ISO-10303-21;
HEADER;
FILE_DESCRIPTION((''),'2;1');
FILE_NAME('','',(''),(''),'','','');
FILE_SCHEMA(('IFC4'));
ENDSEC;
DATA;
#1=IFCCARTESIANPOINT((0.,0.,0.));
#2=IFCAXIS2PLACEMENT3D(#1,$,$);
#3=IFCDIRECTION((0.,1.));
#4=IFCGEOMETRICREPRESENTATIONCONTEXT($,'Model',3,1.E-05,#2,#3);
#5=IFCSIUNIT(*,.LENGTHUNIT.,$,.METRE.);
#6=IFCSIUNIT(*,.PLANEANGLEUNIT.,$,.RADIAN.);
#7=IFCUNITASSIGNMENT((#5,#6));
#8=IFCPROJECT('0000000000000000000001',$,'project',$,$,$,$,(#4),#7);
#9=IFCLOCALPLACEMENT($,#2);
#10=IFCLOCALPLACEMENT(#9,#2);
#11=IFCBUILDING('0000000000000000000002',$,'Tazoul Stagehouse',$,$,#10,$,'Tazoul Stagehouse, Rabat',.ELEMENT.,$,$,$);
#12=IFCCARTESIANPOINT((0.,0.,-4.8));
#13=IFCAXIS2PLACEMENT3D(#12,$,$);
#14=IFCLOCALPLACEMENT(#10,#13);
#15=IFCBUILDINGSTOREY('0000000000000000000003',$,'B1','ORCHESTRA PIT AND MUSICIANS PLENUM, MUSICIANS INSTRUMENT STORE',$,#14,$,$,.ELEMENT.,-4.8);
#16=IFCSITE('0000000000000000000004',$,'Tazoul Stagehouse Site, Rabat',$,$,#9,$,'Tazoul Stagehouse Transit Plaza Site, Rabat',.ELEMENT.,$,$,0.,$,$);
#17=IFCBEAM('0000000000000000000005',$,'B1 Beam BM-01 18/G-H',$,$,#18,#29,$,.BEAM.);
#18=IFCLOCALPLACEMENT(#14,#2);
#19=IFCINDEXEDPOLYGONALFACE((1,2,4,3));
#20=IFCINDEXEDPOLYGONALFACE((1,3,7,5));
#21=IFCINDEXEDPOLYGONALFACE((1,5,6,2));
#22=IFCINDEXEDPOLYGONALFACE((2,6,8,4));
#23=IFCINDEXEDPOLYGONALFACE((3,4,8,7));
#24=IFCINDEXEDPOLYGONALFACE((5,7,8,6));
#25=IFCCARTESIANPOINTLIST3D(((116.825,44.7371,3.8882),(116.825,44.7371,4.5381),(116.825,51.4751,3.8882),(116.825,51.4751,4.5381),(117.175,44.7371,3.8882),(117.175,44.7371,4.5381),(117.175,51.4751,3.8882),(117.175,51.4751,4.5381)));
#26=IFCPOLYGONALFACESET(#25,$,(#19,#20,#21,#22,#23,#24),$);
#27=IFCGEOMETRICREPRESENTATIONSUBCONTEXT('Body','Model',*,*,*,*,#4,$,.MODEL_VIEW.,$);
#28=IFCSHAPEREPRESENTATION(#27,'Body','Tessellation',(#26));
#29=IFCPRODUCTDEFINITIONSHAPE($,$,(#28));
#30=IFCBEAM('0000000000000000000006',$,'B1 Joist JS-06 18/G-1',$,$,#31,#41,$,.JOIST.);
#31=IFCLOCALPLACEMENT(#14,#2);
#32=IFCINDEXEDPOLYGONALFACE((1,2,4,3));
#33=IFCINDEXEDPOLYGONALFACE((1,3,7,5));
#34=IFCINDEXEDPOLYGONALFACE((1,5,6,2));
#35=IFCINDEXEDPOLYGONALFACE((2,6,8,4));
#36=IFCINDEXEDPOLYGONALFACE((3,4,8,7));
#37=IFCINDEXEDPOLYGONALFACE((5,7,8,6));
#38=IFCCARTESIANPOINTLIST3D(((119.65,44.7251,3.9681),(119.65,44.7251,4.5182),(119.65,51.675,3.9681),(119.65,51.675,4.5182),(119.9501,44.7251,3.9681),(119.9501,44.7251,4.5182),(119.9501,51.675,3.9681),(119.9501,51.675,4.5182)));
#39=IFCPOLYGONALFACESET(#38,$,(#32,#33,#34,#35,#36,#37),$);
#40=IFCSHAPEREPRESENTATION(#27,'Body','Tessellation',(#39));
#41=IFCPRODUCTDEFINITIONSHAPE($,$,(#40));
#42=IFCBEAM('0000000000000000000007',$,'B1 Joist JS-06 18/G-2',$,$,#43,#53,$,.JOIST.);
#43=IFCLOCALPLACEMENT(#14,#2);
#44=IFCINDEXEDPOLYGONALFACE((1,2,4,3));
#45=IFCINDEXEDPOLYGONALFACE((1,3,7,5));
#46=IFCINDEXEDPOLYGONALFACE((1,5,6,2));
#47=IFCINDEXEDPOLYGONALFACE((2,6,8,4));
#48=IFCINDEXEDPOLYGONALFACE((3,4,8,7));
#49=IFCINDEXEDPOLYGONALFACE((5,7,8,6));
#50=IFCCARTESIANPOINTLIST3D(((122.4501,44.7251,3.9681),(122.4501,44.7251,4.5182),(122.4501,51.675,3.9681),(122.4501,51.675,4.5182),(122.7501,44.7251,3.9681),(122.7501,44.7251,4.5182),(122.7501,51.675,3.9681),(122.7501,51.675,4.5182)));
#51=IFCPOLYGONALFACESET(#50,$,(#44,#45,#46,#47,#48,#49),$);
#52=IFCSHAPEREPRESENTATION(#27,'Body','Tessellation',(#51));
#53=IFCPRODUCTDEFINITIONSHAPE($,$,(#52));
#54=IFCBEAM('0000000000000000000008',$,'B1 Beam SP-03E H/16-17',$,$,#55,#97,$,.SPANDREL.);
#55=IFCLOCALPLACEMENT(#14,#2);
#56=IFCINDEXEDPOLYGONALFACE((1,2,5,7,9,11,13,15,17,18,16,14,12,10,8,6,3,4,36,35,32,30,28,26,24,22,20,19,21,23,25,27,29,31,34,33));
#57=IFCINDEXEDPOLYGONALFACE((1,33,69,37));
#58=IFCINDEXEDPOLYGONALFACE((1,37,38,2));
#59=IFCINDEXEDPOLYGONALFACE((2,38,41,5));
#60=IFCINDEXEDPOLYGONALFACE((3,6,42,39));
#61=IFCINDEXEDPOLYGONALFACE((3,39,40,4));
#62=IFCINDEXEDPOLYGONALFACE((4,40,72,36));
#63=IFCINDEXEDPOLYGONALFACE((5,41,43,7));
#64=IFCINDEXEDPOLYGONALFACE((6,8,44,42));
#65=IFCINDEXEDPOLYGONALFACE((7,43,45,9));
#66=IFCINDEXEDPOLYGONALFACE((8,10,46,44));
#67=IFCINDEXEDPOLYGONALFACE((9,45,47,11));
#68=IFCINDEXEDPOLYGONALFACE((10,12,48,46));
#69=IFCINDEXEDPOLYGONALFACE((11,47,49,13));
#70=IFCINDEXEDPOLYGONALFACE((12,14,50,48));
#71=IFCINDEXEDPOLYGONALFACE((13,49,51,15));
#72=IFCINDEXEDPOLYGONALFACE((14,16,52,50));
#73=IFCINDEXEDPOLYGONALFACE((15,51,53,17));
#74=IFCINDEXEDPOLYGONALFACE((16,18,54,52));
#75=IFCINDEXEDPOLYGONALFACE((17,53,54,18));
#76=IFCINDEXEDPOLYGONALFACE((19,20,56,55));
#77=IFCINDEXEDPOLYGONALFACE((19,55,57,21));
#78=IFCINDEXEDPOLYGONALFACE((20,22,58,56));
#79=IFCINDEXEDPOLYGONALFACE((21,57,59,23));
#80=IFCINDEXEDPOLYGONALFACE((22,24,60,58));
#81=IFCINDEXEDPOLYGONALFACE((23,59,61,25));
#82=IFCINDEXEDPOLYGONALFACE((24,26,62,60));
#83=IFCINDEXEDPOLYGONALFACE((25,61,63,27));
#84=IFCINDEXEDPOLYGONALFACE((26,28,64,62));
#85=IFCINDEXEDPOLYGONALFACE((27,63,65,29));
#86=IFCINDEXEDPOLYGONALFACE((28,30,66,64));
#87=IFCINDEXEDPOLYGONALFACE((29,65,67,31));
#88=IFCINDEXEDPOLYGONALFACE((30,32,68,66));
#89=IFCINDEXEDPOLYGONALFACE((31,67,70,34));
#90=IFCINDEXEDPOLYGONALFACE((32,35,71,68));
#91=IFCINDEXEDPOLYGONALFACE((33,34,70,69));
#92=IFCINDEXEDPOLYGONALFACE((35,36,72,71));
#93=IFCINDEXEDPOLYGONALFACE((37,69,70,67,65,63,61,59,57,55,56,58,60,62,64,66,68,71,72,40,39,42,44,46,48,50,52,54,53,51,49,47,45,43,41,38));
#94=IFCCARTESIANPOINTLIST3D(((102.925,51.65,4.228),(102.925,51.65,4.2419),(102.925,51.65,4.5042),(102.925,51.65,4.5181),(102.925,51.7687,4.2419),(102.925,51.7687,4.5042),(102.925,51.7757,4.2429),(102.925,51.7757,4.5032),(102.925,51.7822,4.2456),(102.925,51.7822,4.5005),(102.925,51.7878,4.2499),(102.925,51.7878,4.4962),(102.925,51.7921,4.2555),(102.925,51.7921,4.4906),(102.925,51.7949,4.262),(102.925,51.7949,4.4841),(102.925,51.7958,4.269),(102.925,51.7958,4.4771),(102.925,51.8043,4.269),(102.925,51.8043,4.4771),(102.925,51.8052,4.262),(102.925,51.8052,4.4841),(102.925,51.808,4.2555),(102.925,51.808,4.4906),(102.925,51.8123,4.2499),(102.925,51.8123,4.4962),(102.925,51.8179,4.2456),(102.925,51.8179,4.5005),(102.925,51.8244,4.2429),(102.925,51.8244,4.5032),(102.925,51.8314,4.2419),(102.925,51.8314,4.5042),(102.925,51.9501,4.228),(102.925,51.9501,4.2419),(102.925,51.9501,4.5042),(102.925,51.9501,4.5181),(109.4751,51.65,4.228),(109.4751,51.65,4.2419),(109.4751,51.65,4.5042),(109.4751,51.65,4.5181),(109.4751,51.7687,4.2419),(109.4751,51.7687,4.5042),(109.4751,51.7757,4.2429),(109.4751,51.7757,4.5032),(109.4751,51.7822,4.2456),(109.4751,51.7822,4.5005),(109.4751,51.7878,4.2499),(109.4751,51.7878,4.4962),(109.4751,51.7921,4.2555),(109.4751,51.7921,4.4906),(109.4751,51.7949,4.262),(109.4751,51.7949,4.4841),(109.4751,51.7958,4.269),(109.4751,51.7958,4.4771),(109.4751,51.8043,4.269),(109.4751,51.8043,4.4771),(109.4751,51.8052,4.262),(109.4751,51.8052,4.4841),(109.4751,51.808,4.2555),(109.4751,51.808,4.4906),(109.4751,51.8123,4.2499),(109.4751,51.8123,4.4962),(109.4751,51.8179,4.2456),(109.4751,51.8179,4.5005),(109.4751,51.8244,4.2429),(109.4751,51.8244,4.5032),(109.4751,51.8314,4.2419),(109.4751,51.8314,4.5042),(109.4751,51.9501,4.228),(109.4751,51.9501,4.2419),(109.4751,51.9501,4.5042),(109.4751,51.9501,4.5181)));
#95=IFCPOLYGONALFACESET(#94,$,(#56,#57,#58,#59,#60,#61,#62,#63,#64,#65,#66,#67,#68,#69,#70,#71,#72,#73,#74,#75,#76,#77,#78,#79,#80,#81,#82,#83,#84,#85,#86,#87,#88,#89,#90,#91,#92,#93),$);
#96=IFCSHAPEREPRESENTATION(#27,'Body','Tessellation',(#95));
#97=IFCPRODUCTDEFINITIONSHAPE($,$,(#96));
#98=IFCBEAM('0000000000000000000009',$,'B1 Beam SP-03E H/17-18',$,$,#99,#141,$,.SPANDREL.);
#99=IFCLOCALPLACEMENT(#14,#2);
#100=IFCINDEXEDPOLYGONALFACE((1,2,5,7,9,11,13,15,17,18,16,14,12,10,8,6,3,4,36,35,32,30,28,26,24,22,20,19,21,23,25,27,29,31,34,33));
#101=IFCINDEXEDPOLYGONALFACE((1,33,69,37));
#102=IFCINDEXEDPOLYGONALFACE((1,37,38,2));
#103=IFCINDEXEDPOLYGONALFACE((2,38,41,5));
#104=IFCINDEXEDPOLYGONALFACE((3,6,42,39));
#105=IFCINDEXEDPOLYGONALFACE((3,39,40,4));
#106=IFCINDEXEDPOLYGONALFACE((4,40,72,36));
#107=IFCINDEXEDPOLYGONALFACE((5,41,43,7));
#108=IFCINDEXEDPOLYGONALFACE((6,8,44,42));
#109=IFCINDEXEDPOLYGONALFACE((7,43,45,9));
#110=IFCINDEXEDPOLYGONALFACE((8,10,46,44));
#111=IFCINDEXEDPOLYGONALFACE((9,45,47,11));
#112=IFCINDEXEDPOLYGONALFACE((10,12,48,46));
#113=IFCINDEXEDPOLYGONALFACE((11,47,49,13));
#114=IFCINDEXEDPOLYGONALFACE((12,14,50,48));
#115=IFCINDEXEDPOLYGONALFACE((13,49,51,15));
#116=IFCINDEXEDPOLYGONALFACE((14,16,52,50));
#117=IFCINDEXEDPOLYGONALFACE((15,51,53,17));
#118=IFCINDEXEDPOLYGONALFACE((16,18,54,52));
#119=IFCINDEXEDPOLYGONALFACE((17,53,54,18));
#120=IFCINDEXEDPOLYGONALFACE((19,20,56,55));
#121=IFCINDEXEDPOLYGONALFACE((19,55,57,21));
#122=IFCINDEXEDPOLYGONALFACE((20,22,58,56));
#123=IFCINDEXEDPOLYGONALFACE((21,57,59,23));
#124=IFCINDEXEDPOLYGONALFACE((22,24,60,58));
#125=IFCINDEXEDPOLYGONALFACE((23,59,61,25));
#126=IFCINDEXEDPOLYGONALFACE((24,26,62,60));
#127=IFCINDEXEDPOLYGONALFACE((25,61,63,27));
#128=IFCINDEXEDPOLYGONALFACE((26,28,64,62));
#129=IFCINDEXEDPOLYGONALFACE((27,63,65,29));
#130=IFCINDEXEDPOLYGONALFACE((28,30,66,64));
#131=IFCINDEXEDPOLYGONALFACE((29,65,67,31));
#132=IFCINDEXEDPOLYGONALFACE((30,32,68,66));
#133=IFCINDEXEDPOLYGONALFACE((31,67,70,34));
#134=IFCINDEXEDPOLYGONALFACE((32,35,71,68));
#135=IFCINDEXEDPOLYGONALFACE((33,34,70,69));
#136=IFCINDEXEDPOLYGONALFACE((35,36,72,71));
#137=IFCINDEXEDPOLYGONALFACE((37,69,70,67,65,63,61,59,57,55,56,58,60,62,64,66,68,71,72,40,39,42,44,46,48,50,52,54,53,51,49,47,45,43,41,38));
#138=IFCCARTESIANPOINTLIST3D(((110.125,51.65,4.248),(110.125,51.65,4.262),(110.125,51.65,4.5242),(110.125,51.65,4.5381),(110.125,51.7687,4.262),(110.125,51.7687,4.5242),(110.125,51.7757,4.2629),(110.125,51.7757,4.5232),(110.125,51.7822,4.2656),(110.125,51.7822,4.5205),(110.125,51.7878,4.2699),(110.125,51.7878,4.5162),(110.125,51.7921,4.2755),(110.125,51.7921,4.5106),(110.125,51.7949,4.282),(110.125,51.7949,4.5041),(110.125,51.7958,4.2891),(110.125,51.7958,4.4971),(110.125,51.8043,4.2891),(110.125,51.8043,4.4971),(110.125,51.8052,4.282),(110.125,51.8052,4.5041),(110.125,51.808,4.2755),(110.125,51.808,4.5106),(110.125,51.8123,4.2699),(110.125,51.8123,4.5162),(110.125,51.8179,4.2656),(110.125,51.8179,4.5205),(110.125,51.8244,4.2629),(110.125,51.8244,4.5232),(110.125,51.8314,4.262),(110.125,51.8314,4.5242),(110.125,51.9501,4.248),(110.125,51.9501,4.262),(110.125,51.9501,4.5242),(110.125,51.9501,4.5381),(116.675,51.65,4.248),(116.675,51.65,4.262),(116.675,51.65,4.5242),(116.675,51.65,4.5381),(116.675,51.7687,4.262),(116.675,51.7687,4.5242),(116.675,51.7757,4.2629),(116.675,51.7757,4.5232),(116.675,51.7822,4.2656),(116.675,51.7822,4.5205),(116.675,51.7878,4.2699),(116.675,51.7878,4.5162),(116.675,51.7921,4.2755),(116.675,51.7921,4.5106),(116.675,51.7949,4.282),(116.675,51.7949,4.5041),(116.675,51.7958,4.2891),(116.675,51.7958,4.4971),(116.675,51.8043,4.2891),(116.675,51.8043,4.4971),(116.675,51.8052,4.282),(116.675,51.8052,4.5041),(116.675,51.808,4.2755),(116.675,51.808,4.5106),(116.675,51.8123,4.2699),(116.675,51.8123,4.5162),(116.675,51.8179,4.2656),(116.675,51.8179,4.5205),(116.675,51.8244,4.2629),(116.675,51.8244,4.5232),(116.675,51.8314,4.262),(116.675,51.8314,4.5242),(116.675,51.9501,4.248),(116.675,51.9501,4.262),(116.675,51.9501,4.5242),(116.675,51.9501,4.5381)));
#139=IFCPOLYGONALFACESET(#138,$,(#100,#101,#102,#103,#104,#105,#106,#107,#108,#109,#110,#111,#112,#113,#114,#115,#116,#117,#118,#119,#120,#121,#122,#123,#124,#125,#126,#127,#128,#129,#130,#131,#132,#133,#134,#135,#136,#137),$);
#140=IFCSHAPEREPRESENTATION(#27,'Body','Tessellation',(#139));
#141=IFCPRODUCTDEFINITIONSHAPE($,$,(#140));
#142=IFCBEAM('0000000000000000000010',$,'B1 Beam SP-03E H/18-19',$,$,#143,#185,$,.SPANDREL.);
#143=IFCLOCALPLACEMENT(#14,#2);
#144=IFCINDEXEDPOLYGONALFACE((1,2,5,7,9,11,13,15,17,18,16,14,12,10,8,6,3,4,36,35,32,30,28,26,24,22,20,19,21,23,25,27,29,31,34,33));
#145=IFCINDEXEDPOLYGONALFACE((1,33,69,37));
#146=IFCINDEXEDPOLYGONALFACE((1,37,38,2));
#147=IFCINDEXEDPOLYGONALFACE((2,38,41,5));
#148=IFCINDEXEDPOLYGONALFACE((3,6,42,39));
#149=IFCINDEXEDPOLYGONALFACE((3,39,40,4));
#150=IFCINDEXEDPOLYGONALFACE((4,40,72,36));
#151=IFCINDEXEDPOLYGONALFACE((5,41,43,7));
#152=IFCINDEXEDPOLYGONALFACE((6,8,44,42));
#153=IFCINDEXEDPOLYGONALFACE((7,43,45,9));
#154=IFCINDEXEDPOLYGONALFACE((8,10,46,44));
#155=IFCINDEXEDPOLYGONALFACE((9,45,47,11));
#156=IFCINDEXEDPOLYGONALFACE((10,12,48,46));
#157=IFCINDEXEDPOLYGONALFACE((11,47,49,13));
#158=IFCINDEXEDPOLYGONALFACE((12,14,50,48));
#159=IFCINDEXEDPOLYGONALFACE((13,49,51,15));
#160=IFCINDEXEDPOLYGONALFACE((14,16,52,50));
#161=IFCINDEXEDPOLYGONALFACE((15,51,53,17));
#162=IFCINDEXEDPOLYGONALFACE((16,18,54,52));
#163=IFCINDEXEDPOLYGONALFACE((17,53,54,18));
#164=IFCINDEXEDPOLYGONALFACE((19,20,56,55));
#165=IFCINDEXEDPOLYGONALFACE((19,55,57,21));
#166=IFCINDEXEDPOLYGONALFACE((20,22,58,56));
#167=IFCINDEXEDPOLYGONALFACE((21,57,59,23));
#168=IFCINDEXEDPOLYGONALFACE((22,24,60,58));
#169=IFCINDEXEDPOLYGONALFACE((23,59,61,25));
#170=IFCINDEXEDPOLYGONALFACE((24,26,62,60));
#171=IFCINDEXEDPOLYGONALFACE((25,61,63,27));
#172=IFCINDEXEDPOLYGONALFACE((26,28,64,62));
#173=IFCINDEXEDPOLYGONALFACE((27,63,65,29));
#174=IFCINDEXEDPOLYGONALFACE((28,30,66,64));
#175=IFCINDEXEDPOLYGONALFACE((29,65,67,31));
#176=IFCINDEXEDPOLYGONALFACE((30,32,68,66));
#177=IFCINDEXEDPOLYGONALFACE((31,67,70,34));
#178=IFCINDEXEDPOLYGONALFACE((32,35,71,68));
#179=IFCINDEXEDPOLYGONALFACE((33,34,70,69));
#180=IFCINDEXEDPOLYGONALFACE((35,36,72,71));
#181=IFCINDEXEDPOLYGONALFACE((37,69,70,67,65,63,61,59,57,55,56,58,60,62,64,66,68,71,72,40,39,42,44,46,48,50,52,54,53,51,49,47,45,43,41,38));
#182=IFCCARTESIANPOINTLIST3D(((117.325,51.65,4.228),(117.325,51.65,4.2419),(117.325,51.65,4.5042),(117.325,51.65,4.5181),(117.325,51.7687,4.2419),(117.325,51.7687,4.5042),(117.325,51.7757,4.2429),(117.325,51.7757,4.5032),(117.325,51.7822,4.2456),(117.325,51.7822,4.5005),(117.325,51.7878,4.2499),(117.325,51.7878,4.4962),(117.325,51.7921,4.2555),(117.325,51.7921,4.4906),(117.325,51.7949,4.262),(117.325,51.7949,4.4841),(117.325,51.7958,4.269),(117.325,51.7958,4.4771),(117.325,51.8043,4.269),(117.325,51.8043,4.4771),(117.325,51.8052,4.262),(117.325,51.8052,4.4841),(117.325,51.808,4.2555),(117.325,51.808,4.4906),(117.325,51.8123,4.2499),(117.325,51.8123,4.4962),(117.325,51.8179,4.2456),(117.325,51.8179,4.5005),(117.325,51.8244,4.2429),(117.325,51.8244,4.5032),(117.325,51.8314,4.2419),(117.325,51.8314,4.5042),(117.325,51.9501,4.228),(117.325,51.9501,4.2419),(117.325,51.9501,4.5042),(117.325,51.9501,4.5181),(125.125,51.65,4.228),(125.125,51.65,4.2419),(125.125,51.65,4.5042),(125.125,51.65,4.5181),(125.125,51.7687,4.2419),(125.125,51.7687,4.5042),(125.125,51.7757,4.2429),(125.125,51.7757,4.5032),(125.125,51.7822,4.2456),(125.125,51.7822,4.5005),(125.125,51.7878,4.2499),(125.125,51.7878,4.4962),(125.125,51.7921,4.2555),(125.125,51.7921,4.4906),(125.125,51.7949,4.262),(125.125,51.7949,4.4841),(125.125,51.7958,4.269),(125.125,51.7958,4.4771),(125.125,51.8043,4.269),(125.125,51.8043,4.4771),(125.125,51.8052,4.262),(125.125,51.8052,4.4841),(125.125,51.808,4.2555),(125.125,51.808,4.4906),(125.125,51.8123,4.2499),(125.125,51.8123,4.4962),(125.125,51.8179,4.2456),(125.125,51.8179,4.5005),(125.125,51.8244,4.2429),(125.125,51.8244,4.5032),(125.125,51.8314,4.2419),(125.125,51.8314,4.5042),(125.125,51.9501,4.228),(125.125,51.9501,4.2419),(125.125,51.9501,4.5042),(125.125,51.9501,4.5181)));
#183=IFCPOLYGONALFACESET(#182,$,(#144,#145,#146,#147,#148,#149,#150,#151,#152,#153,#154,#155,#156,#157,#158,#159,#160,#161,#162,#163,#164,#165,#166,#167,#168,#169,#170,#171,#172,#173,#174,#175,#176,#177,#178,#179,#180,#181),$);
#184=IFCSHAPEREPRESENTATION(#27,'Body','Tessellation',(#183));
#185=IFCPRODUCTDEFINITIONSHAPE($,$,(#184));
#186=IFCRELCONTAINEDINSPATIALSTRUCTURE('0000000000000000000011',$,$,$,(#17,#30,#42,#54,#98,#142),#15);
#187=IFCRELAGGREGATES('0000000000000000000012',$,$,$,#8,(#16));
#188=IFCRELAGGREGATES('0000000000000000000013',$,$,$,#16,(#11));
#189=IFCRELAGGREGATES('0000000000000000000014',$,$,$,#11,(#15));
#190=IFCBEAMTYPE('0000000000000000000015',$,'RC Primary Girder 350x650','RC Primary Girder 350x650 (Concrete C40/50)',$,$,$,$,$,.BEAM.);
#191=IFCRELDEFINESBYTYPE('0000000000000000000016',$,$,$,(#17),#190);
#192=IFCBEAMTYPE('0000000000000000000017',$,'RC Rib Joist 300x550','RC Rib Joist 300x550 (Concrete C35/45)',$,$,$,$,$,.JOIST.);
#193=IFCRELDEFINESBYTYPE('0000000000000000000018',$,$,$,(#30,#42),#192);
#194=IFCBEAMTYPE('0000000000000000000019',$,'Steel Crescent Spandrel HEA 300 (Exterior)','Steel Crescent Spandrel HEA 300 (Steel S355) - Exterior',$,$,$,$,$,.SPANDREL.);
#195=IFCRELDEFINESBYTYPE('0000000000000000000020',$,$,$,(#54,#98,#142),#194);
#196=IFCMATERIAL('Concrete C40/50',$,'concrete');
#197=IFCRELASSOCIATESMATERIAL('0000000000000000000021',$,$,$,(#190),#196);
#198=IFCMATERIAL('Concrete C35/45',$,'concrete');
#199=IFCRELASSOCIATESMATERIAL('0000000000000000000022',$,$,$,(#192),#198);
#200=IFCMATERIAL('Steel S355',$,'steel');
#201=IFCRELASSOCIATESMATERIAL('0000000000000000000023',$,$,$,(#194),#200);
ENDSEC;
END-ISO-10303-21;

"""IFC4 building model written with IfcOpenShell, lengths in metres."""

from ifc_helpers import new_model, si_unit, direction, frame, origin, origin_2d, place, context, subcontext, project, spatial, rectangle, i_section, extrude, material, material_profile, profile_set, type_object, element, save


model = new_model("IFC4")

# Units and contexts
model_context = context("Model", 3, precision=1e-05, world=origin(), true_north=direction((0.0, 1.0)))
body_context = subcontext(model_context, "Body", "Model", "MODEL_VIEW")
ifc_project = project(units=[si_unit("LENGTHUNIT", "METRE"), si_unit("PLANEANGLEUNIT", "RADIAN")], contexts=[model_context])

# Site, building, storey
site_placement = place(None, origin())
site = spatial("IfcSite", under=ifc_project, at=site_placement, Name="Tazoul Stagehouse Site, Rabat", LongName="Tazoul Stagehouse Transit Plaza Site, Rabat", CompositionType="ELEMENT", RefElevation=0.0)
building_placement = place(site_placement, origin())
building = spatial("IfcBuilding", under=site, at=building_placement, Name="Tazoul Stagehouse", LongName="Tazoul Stagehouse, Rabat", CompositionType="ELEMENT")
storey_placement = place(building_placement, frame((0.0, 0.0, -4.8)))
storey = spatial("IfcBuildingStorey", under=building, at=storey_placement, Name="B1", Description="ORCHESTRA PIT AND MUSICIANS PLENUM, MUSICIANS INSTRUMENT STORE", CompositionType="ELEMENT", Elevation=-4.8)

# Shared definitions
ifc_material_1 = material(Name="Concrete C35/45", Category="concrete")

# Shared definitions
ifc_material_2 = material(Name="Concrete C40/50", Category="concrete")

# Beams
ifc_material_profile_1 = material_profile(ifc_material_2, rectangle(XDim=0.3501, YDim=0.6499, at=origin_2d()), Name="RC 350x650")
ifc_profile_set_1 = profile_set([ifc_material_profile_1], Name="Concrete C40/50")
beam_type_1 = type_object("IfcBeamType", Name="RC Primary Girder 350x650", Description="RC Primary Girder 350x650 (Concrete C40/50)", PredefinedType="BEAM", material=ifc_profile_set_1)
for number, where, z_axis, x_axis, name in (
    (1, (117.0, 44.7371, 4.2131), (0.0, 1.0, 0.0), (-1.0, 0.0, 0.0), "B1 Beam BM-01 18/G-H"),
):
    element("IfcBeam", number, at=place(storey_placement, frame(where, z_axis=z_axis, x_axis=x_axis)), inside=storey, type_object=beam_type_1, Name=name, PredefinedType="BEAM", context=body_context, shape_type="SweptSolid", body=[
        extrude(rectangle(XDim=0.3501, YDim=0.6499, at=origin_2d()), origin(), (0.0, 0.0, 1.0), 6.738),
    ])
ifc_material_profile_2 = material_profile(ifc_material_1, rectangle(XDim=0.3, YDim=0.55, at=origin_2d()), Name="RC 300x550")
ifc_profile_set_2 = profile_set([ifc_material_profile_2], Name="Concrete C35/45")
beam_type_2 = type_object("IfcBeamType", Name="RC Rib Joist 300x550", Description="RC Rib Joist 300x550 (Concrete C35/45)", PredefinedType="JOIST", material=ifc_profile_set_2)
for number, where, z_axis, x_axis, name in (
    (2, (119.8, 44.7251, 4.2432), (0.0, 1.0, 0.0), (-1.0, 0.0, 0.0), "B1 Joist JS-06 18/G-1"),
    (3, (122.6001, 44.7251, 4.2432), (0.0, 1.0, 0.0), (-1.0, 0.0, 0.0), "B1 Joist JS-06 18/G-2"),
):
    element("IfcBeam", number, at=place(storey_placement, frame(where, z_axis=z_axis, x_axis=x_axis)), inside=storey, type_object=beam_type_2, Name=name, PredefinedType="JOIST", context=body_context, shape_type="SweptSolid", body=[
        extrude(rectangle(XDim=0.3, YDim=0.55, at=origin_2d()), origin(), (0.0, 0.0, 1.0), 6.95),
    ])
ifc_material_3 = material(Name="Steel S355", Category="steel")
ifc_material_profile_3 = material_profile(ifc_material_3, i_section(OverallWidth=0.3, OverallDepth=0.29, WebThickness=0.0085, FlangeThickness=0.0139, FilletRadius=0.0271, at=origin_2d()), Name="HEA 300")
ifc_profile_set_3 = profile_set([ifc_material_profile_3], Name="Steel S355")
beam_type_3 = type_object("IfcBeamType", Name="Steel Crescent Spandrel HEA 300 (Exterior)", Description="Steel Crescent Spandrel HEA 300 (Steel S355) - Exterior", PredefinedType="SPANDREL", material=ifc_profile_set_3)
for number, where, z_axis, x_axis, name in (
    (4, (102.925, 51.8, 4.373), (1.0, 0.0, 0.0), (0.0, 1.0, 0.0), "B1 Beam SP-03E H/16-17"),
    (5, (110.125, 51.8, 4.3931), (1.0, 0.0, 0.0), (0.0, 1.0, 0.0), "B1 Beam SP-03E H/17-18"),
):
    element("IfcBeam", number, at=place(storey_placement, frame(where, z_axis=z_axis, x_axis=x_axis)), inside=storey, type_object=beam_type_3, Name=name, PredefinedType="SPANDREL", context=body_context, shape_type="SweptSolid", body=[
        extrude(i_section(OverallWidth=0.3, OverallDepth=0.29, WebThickness=0.0085, FlangeThickness=0.0139, FilletRadius=0.0271, at=origin_2d()), origin(), (0.0, 0.0, 1.0), 6.55),
    ])
beam_1_placement = place(storey_placement, frame((117.325, 51.8, 4.373), z_axis=(1.0, 0.0, 0.0), x_axis=(0.0, 1.0, 0.0)))
element("IfcBeam", 6, at=beam_1_placement, inside=storey, type_object=beam_type_3, Name="B1 Beam SP-03E H/18-19", PredefinedType="SPANDREL", context=body_context, shape_type="SweptSolid", body=[
    extrude(i_section(OverallWidth=0.3, OverallDepth=0.29, WebThickness=0.0085, FlangeThickness=0.0139, FilletRadius=0.0271, at=origin_2d()), origin(), (0.0, 0.0, 1.0), 7.8),
])

save(model, "model.ifc")
